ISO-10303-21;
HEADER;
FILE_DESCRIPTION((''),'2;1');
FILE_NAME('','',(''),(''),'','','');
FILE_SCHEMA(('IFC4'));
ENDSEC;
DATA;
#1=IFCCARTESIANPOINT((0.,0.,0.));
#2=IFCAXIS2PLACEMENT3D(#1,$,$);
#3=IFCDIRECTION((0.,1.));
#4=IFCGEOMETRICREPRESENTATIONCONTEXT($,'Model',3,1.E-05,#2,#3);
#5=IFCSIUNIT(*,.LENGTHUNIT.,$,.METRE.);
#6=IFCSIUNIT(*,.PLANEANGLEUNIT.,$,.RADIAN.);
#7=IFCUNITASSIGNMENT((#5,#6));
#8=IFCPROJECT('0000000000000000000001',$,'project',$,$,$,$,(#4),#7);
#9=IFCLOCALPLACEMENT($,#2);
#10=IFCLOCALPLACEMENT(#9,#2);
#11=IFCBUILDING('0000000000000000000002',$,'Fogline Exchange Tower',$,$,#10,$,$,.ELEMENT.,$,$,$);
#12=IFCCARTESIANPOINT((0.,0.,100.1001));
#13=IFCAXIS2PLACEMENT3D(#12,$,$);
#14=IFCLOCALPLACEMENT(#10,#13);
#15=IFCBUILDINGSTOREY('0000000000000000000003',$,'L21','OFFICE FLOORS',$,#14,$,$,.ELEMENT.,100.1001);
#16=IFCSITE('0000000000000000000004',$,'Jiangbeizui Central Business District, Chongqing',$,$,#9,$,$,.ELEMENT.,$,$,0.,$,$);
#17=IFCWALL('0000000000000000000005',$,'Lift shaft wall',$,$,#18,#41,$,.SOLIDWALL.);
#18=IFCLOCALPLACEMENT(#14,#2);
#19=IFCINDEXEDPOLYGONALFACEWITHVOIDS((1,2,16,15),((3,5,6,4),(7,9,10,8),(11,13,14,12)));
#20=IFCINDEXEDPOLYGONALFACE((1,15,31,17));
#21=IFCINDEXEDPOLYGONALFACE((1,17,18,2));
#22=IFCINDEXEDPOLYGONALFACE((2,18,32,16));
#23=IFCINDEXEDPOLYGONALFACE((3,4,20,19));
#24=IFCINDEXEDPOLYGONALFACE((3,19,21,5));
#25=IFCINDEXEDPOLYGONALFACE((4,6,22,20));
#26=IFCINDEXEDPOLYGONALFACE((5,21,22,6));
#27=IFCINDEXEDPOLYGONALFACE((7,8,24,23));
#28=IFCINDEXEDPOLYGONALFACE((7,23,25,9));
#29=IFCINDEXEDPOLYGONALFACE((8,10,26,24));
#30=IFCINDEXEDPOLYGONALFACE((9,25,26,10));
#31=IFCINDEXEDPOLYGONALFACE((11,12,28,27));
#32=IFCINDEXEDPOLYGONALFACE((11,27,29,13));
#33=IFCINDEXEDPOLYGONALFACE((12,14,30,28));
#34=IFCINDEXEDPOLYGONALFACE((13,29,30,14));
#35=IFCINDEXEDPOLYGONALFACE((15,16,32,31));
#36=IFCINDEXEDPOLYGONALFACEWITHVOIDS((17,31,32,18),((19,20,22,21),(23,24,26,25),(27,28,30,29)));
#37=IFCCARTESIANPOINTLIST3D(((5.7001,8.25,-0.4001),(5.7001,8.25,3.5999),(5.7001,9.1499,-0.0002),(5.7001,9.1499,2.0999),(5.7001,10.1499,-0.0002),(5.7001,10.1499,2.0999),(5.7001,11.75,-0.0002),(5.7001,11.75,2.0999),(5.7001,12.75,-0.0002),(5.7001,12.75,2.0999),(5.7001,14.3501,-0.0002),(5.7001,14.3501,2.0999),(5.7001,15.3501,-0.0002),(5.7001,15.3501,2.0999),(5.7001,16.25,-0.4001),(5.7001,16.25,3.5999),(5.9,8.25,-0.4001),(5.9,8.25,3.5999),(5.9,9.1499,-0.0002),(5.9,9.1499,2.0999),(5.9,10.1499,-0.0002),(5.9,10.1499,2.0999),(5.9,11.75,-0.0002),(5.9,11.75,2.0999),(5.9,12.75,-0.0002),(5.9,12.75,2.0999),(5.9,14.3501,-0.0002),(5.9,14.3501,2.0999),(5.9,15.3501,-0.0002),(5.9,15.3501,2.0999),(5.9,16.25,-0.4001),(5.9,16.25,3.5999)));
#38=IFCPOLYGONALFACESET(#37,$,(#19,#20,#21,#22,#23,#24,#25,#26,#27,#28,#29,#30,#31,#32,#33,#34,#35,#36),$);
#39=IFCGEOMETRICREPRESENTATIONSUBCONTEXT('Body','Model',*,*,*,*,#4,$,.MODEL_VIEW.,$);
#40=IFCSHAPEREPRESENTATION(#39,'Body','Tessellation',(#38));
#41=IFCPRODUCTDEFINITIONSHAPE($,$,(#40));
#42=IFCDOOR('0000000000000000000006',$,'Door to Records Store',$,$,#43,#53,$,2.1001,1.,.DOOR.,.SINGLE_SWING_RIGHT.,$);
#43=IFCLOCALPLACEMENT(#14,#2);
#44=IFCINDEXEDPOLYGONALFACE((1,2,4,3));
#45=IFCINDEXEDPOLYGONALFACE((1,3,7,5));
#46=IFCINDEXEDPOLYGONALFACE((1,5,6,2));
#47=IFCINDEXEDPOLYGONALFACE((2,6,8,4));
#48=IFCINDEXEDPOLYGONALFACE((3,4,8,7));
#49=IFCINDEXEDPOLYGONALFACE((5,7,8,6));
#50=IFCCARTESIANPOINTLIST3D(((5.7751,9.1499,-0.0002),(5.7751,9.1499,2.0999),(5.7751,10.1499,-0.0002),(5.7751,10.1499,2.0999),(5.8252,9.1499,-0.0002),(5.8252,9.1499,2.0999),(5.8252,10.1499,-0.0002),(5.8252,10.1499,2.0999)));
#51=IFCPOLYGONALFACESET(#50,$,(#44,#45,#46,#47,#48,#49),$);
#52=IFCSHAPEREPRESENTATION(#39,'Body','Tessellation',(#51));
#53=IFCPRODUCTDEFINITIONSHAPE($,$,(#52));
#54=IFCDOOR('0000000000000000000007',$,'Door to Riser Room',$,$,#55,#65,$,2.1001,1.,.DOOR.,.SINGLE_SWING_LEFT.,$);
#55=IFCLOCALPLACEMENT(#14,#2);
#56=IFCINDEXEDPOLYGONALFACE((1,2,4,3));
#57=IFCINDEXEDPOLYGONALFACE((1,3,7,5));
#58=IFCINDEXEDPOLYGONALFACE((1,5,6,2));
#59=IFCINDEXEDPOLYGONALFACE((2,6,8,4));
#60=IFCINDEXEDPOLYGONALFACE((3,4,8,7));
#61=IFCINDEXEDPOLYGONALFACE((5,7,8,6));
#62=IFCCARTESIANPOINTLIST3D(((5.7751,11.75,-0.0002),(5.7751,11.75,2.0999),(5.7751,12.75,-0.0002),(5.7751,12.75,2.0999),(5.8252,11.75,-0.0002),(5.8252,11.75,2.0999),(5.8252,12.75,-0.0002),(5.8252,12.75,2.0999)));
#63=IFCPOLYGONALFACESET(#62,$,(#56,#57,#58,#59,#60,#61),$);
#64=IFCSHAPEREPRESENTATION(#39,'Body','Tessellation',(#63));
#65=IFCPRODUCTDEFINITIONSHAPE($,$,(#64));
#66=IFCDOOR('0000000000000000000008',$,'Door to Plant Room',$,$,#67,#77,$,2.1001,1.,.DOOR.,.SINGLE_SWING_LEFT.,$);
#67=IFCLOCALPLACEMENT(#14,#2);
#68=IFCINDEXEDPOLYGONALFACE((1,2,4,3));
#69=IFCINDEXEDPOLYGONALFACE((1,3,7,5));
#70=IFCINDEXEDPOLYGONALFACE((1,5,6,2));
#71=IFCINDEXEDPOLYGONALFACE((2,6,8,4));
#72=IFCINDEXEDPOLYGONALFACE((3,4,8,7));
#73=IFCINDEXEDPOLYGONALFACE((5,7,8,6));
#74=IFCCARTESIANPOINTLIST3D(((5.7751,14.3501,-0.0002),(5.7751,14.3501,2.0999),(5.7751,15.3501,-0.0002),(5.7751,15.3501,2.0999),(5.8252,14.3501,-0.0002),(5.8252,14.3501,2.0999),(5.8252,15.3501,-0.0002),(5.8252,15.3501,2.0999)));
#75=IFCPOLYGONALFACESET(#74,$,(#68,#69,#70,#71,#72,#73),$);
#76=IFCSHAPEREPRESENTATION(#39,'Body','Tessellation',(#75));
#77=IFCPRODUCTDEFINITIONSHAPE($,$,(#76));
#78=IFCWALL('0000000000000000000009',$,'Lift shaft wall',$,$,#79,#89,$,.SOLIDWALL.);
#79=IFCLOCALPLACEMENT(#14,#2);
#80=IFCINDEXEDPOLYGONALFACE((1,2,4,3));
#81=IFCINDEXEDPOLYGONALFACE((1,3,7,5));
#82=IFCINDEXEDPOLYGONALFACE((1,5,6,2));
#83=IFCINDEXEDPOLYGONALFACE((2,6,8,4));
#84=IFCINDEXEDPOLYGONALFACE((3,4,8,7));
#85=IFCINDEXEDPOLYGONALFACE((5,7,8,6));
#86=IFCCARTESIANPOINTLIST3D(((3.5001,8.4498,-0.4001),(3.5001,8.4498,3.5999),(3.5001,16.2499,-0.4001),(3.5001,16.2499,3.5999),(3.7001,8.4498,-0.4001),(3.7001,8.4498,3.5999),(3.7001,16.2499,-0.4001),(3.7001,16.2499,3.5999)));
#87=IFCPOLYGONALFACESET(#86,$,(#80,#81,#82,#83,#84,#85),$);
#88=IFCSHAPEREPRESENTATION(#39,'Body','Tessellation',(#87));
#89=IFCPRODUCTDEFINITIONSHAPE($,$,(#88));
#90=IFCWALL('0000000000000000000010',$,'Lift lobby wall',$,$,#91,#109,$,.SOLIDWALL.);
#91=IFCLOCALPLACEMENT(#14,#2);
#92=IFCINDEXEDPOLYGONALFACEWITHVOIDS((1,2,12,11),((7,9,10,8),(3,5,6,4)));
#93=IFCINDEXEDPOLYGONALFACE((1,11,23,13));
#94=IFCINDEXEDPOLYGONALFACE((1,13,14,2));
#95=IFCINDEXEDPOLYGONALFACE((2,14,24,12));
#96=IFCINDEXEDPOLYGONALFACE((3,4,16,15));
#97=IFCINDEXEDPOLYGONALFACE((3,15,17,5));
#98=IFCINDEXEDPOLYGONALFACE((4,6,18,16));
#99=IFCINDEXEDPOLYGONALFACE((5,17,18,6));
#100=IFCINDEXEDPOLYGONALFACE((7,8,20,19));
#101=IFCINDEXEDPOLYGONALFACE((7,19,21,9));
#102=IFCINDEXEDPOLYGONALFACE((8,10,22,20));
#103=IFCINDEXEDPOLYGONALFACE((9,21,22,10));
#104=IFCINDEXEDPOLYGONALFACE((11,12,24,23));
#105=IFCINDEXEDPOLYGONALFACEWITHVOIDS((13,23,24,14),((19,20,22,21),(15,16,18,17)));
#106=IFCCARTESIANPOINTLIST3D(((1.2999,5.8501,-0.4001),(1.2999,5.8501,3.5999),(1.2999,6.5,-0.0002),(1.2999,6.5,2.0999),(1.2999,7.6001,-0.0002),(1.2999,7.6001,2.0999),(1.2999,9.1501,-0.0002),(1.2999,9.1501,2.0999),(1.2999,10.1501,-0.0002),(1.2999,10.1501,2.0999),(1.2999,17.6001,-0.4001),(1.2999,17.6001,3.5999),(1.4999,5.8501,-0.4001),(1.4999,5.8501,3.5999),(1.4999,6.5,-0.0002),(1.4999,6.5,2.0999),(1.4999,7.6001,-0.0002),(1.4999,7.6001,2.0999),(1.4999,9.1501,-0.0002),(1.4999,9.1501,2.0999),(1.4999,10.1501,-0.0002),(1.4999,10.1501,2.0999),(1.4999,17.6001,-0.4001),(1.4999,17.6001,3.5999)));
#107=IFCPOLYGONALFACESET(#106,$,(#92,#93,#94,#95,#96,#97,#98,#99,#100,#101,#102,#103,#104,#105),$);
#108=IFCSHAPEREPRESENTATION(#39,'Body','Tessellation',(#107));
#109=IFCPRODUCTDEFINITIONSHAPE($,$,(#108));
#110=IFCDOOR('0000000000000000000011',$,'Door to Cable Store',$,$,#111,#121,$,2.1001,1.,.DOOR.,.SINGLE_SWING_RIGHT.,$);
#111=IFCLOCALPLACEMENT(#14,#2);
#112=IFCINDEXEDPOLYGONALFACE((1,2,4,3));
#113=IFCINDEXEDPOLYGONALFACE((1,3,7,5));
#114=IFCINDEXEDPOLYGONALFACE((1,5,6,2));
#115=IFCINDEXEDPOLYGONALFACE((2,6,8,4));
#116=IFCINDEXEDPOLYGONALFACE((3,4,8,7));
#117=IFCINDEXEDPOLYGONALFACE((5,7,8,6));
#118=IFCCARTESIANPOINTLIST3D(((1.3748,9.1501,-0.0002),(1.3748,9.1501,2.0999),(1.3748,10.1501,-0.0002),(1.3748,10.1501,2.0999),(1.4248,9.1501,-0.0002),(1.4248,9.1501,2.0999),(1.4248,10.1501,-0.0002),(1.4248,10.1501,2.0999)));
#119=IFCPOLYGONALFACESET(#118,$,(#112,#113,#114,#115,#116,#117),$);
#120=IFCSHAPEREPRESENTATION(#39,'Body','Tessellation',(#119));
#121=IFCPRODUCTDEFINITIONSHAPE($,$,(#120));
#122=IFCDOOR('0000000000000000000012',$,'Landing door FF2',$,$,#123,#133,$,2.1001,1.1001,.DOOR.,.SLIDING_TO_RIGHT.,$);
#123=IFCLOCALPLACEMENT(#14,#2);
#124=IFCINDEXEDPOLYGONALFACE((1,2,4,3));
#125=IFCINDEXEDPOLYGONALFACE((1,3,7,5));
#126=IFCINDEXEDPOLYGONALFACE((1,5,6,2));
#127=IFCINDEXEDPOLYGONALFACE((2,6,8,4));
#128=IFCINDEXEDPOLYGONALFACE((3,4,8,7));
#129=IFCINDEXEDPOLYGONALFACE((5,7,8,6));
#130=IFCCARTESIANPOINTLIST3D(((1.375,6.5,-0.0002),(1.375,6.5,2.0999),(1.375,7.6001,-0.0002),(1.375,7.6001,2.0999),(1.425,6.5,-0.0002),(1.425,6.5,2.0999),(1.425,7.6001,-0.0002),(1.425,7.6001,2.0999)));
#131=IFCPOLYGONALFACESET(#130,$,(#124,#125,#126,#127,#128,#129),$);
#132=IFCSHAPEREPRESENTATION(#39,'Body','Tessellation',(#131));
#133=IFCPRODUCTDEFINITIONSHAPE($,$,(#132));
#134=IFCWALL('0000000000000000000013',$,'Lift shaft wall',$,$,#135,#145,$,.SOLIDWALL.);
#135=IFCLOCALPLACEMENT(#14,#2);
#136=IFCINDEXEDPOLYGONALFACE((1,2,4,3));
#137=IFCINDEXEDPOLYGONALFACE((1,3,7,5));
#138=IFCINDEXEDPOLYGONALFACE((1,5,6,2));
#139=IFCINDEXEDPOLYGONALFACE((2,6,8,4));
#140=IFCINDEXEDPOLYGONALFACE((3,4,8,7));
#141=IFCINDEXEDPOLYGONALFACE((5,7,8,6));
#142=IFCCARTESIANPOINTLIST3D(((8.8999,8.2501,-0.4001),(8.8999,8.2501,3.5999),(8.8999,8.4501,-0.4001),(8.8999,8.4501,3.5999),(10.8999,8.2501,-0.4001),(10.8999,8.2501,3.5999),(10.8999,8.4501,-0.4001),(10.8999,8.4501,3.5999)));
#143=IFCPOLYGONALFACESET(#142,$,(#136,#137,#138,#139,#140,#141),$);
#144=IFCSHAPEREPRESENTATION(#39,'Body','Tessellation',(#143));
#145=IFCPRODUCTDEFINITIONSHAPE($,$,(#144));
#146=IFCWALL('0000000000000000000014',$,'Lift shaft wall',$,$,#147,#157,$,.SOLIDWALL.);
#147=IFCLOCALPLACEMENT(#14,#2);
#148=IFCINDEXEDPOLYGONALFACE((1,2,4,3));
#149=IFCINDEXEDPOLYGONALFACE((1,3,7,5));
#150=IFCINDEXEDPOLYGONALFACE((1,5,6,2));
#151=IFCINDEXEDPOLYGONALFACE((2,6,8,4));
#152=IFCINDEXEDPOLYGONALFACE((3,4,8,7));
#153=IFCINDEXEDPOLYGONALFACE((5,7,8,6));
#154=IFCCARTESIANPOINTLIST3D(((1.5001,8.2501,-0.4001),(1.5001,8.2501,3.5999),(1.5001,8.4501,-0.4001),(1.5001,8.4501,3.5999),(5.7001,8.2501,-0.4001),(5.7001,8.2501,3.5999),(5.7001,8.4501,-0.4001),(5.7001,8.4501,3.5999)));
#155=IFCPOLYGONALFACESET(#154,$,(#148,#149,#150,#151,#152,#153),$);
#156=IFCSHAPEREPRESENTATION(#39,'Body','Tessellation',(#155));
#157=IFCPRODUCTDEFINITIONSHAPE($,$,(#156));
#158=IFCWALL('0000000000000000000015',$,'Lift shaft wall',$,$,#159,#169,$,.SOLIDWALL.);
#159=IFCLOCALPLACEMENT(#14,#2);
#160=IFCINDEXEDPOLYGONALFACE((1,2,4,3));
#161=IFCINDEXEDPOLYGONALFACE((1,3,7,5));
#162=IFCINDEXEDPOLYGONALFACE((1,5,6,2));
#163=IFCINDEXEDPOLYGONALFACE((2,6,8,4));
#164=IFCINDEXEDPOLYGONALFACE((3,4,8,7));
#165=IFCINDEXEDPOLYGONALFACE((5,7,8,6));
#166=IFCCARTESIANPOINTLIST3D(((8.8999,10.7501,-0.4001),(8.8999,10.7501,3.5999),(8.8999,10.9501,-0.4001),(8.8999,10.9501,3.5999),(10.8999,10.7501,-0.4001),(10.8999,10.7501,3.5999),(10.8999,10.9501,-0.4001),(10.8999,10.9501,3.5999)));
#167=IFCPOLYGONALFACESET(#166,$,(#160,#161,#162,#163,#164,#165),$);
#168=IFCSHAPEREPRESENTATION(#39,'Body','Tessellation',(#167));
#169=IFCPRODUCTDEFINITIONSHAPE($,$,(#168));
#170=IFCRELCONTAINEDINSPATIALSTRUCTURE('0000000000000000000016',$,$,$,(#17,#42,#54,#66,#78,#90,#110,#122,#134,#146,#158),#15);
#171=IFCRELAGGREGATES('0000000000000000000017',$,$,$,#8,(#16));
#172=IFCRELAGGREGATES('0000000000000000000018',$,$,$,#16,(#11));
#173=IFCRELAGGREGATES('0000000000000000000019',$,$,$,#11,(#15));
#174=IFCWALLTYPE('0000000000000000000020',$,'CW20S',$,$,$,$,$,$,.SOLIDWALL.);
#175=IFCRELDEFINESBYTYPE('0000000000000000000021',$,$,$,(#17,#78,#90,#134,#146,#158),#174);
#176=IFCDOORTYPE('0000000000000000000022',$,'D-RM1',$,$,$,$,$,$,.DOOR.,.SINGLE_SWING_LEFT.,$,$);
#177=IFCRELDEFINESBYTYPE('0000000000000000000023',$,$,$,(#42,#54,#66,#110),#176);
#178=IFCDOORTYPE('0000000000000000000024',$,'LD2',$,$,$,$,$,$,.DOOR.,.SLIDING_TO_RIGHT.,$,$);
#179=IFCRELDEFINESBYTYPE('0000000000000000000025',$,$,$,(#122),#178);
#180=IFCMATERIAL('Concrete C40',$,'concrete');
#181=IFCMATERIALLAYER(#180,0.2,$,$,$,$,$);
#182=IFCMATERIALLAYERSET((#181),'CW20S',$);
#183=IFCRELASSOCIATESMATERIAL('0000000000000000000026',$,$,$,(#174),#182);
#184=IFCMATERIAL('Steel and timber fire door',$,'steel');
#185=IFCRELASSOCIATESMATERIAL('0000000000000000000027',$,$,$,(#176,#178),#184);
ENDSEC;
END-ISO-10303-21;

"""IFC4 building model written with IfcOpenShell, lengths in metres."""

from ifc_helpers import new_model, si_unit, direction, frame, frame_2d, origin, place, context, subcontext, project, spatial, rectangle, extrude, material, layer, layer_set, type_object, element, fill, save


model = new_model("IFC4")

# Units and contexts
model_context = context("Model", 3, precision=1e-05, world=origin(), true_north=direction((0.0, 1.0)))
body_context = subcontext(model_context, "Body", "Model", "MODEL_VIEW")
ifc_project = project(units=[si_unit("LENGTHUNIT", "METRE"), si_unit("PLANEANGLEUNIT", "RADIAN")], contexts=[model_context])

# Site, building, storey
site_placement = place(None, origin())
site = spatial("IfcSite", under=ifc_project, at=site_placement, Name="Jiangbeizui Central Business District, Chongqing", CompositionType="ELEMENT", RefElevation=0.0)
building_placement = place(site_placement, origin())
building = spatial("IfcBuilding", under=site, at=building_placement, Name="Fogline Exchange Tower", CompositionType="ELEMENT")
storey_placement = place(building_placement, frame((0.0, 0.0, 100.1001)))
storey = spatial("IfcBuildingStorey", under=building, at=storey_placement, Name="L21", Description="OFFICE FLOORS", CompositionType="ELEMENT", Elevation=100.1001)

# Shared definitions
ifc_material_1 = material(Name="Steel and timber fire door", Category="steel")

# Shared definitions
ifc_material_2 = material(Name="Concrete C40", Category="concrete")

# Wall, openings, doors
ifc_layer_1 = layer(ifc_material_2, 0.2)
ifc_layer_set_1 = layer_set([ifc_layer_1], Name="CW20S")
wall_type_1 = type_object("IfcWallType", Name="CW20S", PredefinedType="SOLIDWALL", material=ifc_layer_set_1)
door_type_1 = type_object("IfcDoorType", Name="D-RM1", OperationType="SINGLE_SWING_LEFT", PredefinedType="DOOR", material=ifc_material_1)
wall_1_placement = place(storey_placement, frame((5.8, 8.25, -0.4001), z_axis=(0.0, 0.0, 1.0), x_axis=(0.0, 1.0, 0.0)))
wall_1 = element("IfcWall", 1, at=wall_1_placement, inside=storey, type_object=wall_type_1, Name="Lift shaft wall", PredefinedType="SOLIDWALL", context=body_context, shape_type="SweptSolid", body=[
    extrude(rectangle(XDim=8.0, YDim=0.2, at=frame_2d((4.0, 0.0))), origin(), (0.0, 0.0, 1.0), 4.0),
])
opening_1_placement = place(wall_1_placement, frame((0.8999, 0.0, 0.3999)))
opening_1 = element("IfcOpeningElement", 2, at=opening_1_placement, cuts=wall_1, PredefinedType="OPENING", context=body_context, shape_type="SweptSolid", body=[
    extrude(rectangle(XDim=1.0, YDim=2.1001, at=frame_2d((0.5, 1.05))), frame((0.0, 0.1099, 0.0), z_axis=(0.0, -1.0, 0.0), x_axis=(1.0, 0.0, 0.0)), (0.0, 0.0, 1.0), 0.22),
])
opening_2_placement = place(wall_1_placement, frame((3.5, 0.0, 0.3999)))
opening_2 = element("IfcOpeningElement", 3, at=opening_2_placement, cuts=wall_1, PredefinedType="OPENING", context=body_context, shape_type="SweptSolid", body=[
    extrude(rectangle(XDim=1.0, YDim=2.1001, at=frame_2d((0.5, 1.05))), frame((0.0, 0.1099, 0.0), z_axis=(0.0, -1.0, 0.0), x_axis=(1.0, 0.0, 0.0)), (0.0, 0.0, 1.0), 0.22),
])
opening_3_placement = place(wall_1_placement, frame((6.1001, 0.0, 0.3999)))
opening_3 = element("IfcOpeningElement", 4, at=opening_3_placement, cuts=wall_1, PredefinedType="OPENING", context=body_context, shape_type="SweptSolid", body=[
    extrude(rectangle(XDim=1.0, YDim=2.1001, at=frame_2d((0.5, 1.05))), frame((0.0, 0.1099, 0.0), z_axis=(0.0, -1.0, 0.0), x_axis=(1.0, 0.0, 0.0)), (0.0, 0.0, 1.0), 0.22),
])
door_1_placement = place(opening_1_placement, origin())
door_1 = element("IfcDoor", 5, at=door_1_placement, inside=storey, type_object=door_type_1, Name="Door to Records Store", OperationType="SINGLE_SWING_RIGHT", OverallHeight=2.1001, OverallWidth=1.0, PredefinedType="DOOR", context=body_context, shape_type="SweptSolid", body=[
    extrude(rectangle(XDim=1.0, YDim=2.1001, at=frame_2d((0.5, 1.05))), frame((0.0, 0.0249, 0.0), z_axis=(0.0, -1.0, 0.0), x_axis=(1.0, 0.0, 0.0)), (0.0, 0.0, 1.0), 0.05),
])
fill(opening_1, door_1)
door_2_placement = place(opening_2_placement, origin())
door_2 = element("IfcDoor", 6, at=door_2_placement, inside=storey, type_object=door_type_1, Name="Door to Riser Room", OperationType="SINGLE_SWING_LEFT", OverallHeight=2.1001, OverallWidth=1.0, PredefinedType="DOOR", context=body_context, shape_type="SweptSolid", body=[
    extrude(rectangle(XDim=1.0, YDim=2.1001, at=frame_2d((0.5, 1.05))), frame((0.0, 0.0249, 0.0), z_axis=(0.0, -1.0, 0.0), x_axis=(1.0, 0.0, 0.0)), (0.0, 0.0, 1.0), 0.05),
])
fill(opening_2, door_2)
door_3_placement = place(opening_3_placement, origin())
door_3 = element("IfcDoor", 7, at=door_3_placement, inside=storey, type_object=door_type_1, Name="Door to Plant Room", OperationType="SINGLE_SWING_LEFT", OverallHeight=2.1001, OverallWidth=1.0, PredefinedType="DOOR", context=body_context, shape_type="SweptSolid", body=[
    extrude(rectangle(XDim=1.0, YDim=2.1001, at=frame_2d((0.5, 1.05))), frame((0.0, 0.0249, 0.0), z_axis=(0.0, -1.0, 0.0), x_axis=(1.0, 0.0, 0.0)), (0.0, 0.0, 1.0), 0.05),
])
fill(opening_3, door_3)

# Wall
wall_2_placement = place(storey_placement, frame((3.6001, 8.45, -0.4001), z_axis=(0.0, 0.0, 1.0), x_axis=(0.0, 1.0, 0.0)))
element("IfcWall", 8, at=wall_2_placement, inside=storey, type_object=wall_type_1, Name="Lift shaft wall", PredefinedType="SOLIDWALL", context=body_context, shape_type="SweptSolid", body=[
    extrude(rectangle(XDim=7.8, YDim=0.2, at=frame_2d((3.8999, 0.0))), origin(), (0.0, 0.0, 1.0), 4.0),
])

# Wall, openings, doors
wall_3_placement = place(storey_placement, frame((1.3999, 5.8501, -0.4001), z_axis=(0.0, 0.0, 1.0), x_axis=(0.0, 1.0, 0.0)))
wall_3 = element("IfcWall", 9, at=wall_3_placement, inside=storey, type_object=wall_type_1, Name="Lift lobby wall", PredefinedType="SOLIDWALL", context=body_context, shape_type="SweptSolid", body=[
    extrude(rectangle(XDim=11.75, YDim=0.2, at=frame_2d((5.875, 0.0))), origin(), (0.0, 0.0, 1.0), 4.0),
])
opening_4_placement = place(wall_3_placement, frame((0.6499, 0.0, 0.3999)))
opening_4 = element("IfcOpeningElement", 10, at=opening_4_placement, cuts=wall_3, PredefinedType="OPENING", context=body_context, shape_type="SweptSolid", body=[
    extrude(rectangle(XDim=1.1001, YDim=2.1001, at=frame_2d((0.55, 1.05))), frame((0.0, 0.1099, 0.0), z_axis=(0.0, -1.0, 0.0), x_axis=(1.0, 0.0, 0.0)), (0.0, 0.0, 1.0), 0.22),
])
opening_5_placement = place(wall_3_placement, frame((3.3, 0.0, 0.3999)))
opening_5 = element("IfcOpeningElement", 11, at=opening_5_placement, cuts=wall_3, PredefinedType="OPENING", context=body_context, shape_type="SweptSolid", body=[
    extrude(rectangle(XDim=1.0, YDim=2.1001, at=frame_2d((0.5, 1.05))), frame((0.0, 0.1099, 0.0), z_axis=(0.0, -1.0, 0.0), x_axis=(1.0, 0.0, 0.0)), (0.0, 0.0, 1.0), 0.22),
])
door_4_placement = place(opening_5_placement, frame((1.0, 0.0, 0.0), z_axis=(0.0, 0.0, 1.0), x_axis=(-1.0, 0.0, 0.0)))
door_4 = element("IfcDoor", 12, at=door_4_placement, inside=storey, type_object=door_type_1, Name="Door to Cable Store", OperationType="SINGLE_SWING_RIGHT", OverallHeight=2.1001, OverallWidth=1.0, PredefinedType="DOOR", context=body_context, shape_type="SweptSolid", body=[
    extrude(rectangle(XDim=1.0, YDim=2.1001, at=frame_2d((0.5, 1.05))), frame((0.0, 0.0249, 0.0), z_axis=(0.0, -1.0, 0.0), x_axis=(1.0, 0.0, 0.0)), (0.0, 0.0, 1.0), 0.05),
])
fill(opening_5, door_4)
door_type_2 = type_object("IfcDoorType", Name="LD2", OperationType="SLIDING_TO_RIGHT", PredefinedType="DOOR", material=ifc_material_1)
door_5_placement = place(opening_4_placement, origin())
door_5 = element("IfcDoor", 13, at=door_5_placement, inside=storey, type_object=door_type_2, Name="Landing door FF2", OperationType="SLIDING_TO_RIGHT", OverallHeight=2.1001, OverallWidth=1.1001, PredefinedType="DOOR", context=body_context, shape_type="SweptSolid", body=[
    extrude(rectangle(XDim=1.1001, YDim=2.1001, at=frame_2d((0.55, 1.05))), frame((0.0, 0.0249, 0.0), z_axis=(0.0, -1.0, 0.0), x_axis=(1.0, 0.0, 0.0)), (0.0, 0.0, 1.0), 0.05),
])
fill(opening_4, door_5)

# Walls
wall_4_placement = place(storey_placement, frame((8.8999, 8.3501, -0.4001), z_axis=(0.0, 0.0, 1.0), x_axis=(1.0, 0.0, 0.0)))
element("IfcWall", 14, at=wall_4_placement, inside=storey, type_object=wall_type_1, Name="Lift shaft wall", PredefinedType="SOLIDWALL", context=body_context, shape_type="SweptSolid", body=[
    extrude(rectangle(XDim=2.0, YDim=0.2, at=frame_2d((1.0, 0.0))), origin(), (0.0, 0.0, 1.0), 4.0),
])
wall_5_placement = place(storey_placement, frame((1.5, 8.3501, -0.4001), z_axis=(0.0, 0.0, 1.0), x_axis=(1.0, 0.0, 0.0)))
element("IfcWall", 15, at=wall_5_placement, inside=storey, type_object=wall_type_1, Name="Lift shaft wall", PredefinedType="SOLIDWALL", context=body_context, shape_type="SweptSolid", body=[
    extrude(rectangle(XDim=4.2, YDim=0.2, at=frame_2d((2.1001, 0.0))), origin(), (0.0, 0.0, 1.0), 4.0),
])
for number, where, z_axis, x_axis, name in (
    (16, (8.8999, 10.8501, -0.4001), (0.0, 0.0, 1.0), (1.0, 0.0, 0.0), "Lift shaft wall"),
):
    element("IfcWall", number, at=place(storey_placement, frame(where, z_axis=z_axis, x_axis=x_axis)), inside=storey, type_object=wall_type_1, Name=name, PredefinedType="SOLIDWALL", context=body_context, shape_type="SweptSolid", body=[
        extrude(rectangle(XDim=2.0, YDim=0.2, at=frame_2d((1.0, 0.0))), origin(), (0.0, 0.0, 1.0), 4.0),
    ])

save(model, "model.ifc")
